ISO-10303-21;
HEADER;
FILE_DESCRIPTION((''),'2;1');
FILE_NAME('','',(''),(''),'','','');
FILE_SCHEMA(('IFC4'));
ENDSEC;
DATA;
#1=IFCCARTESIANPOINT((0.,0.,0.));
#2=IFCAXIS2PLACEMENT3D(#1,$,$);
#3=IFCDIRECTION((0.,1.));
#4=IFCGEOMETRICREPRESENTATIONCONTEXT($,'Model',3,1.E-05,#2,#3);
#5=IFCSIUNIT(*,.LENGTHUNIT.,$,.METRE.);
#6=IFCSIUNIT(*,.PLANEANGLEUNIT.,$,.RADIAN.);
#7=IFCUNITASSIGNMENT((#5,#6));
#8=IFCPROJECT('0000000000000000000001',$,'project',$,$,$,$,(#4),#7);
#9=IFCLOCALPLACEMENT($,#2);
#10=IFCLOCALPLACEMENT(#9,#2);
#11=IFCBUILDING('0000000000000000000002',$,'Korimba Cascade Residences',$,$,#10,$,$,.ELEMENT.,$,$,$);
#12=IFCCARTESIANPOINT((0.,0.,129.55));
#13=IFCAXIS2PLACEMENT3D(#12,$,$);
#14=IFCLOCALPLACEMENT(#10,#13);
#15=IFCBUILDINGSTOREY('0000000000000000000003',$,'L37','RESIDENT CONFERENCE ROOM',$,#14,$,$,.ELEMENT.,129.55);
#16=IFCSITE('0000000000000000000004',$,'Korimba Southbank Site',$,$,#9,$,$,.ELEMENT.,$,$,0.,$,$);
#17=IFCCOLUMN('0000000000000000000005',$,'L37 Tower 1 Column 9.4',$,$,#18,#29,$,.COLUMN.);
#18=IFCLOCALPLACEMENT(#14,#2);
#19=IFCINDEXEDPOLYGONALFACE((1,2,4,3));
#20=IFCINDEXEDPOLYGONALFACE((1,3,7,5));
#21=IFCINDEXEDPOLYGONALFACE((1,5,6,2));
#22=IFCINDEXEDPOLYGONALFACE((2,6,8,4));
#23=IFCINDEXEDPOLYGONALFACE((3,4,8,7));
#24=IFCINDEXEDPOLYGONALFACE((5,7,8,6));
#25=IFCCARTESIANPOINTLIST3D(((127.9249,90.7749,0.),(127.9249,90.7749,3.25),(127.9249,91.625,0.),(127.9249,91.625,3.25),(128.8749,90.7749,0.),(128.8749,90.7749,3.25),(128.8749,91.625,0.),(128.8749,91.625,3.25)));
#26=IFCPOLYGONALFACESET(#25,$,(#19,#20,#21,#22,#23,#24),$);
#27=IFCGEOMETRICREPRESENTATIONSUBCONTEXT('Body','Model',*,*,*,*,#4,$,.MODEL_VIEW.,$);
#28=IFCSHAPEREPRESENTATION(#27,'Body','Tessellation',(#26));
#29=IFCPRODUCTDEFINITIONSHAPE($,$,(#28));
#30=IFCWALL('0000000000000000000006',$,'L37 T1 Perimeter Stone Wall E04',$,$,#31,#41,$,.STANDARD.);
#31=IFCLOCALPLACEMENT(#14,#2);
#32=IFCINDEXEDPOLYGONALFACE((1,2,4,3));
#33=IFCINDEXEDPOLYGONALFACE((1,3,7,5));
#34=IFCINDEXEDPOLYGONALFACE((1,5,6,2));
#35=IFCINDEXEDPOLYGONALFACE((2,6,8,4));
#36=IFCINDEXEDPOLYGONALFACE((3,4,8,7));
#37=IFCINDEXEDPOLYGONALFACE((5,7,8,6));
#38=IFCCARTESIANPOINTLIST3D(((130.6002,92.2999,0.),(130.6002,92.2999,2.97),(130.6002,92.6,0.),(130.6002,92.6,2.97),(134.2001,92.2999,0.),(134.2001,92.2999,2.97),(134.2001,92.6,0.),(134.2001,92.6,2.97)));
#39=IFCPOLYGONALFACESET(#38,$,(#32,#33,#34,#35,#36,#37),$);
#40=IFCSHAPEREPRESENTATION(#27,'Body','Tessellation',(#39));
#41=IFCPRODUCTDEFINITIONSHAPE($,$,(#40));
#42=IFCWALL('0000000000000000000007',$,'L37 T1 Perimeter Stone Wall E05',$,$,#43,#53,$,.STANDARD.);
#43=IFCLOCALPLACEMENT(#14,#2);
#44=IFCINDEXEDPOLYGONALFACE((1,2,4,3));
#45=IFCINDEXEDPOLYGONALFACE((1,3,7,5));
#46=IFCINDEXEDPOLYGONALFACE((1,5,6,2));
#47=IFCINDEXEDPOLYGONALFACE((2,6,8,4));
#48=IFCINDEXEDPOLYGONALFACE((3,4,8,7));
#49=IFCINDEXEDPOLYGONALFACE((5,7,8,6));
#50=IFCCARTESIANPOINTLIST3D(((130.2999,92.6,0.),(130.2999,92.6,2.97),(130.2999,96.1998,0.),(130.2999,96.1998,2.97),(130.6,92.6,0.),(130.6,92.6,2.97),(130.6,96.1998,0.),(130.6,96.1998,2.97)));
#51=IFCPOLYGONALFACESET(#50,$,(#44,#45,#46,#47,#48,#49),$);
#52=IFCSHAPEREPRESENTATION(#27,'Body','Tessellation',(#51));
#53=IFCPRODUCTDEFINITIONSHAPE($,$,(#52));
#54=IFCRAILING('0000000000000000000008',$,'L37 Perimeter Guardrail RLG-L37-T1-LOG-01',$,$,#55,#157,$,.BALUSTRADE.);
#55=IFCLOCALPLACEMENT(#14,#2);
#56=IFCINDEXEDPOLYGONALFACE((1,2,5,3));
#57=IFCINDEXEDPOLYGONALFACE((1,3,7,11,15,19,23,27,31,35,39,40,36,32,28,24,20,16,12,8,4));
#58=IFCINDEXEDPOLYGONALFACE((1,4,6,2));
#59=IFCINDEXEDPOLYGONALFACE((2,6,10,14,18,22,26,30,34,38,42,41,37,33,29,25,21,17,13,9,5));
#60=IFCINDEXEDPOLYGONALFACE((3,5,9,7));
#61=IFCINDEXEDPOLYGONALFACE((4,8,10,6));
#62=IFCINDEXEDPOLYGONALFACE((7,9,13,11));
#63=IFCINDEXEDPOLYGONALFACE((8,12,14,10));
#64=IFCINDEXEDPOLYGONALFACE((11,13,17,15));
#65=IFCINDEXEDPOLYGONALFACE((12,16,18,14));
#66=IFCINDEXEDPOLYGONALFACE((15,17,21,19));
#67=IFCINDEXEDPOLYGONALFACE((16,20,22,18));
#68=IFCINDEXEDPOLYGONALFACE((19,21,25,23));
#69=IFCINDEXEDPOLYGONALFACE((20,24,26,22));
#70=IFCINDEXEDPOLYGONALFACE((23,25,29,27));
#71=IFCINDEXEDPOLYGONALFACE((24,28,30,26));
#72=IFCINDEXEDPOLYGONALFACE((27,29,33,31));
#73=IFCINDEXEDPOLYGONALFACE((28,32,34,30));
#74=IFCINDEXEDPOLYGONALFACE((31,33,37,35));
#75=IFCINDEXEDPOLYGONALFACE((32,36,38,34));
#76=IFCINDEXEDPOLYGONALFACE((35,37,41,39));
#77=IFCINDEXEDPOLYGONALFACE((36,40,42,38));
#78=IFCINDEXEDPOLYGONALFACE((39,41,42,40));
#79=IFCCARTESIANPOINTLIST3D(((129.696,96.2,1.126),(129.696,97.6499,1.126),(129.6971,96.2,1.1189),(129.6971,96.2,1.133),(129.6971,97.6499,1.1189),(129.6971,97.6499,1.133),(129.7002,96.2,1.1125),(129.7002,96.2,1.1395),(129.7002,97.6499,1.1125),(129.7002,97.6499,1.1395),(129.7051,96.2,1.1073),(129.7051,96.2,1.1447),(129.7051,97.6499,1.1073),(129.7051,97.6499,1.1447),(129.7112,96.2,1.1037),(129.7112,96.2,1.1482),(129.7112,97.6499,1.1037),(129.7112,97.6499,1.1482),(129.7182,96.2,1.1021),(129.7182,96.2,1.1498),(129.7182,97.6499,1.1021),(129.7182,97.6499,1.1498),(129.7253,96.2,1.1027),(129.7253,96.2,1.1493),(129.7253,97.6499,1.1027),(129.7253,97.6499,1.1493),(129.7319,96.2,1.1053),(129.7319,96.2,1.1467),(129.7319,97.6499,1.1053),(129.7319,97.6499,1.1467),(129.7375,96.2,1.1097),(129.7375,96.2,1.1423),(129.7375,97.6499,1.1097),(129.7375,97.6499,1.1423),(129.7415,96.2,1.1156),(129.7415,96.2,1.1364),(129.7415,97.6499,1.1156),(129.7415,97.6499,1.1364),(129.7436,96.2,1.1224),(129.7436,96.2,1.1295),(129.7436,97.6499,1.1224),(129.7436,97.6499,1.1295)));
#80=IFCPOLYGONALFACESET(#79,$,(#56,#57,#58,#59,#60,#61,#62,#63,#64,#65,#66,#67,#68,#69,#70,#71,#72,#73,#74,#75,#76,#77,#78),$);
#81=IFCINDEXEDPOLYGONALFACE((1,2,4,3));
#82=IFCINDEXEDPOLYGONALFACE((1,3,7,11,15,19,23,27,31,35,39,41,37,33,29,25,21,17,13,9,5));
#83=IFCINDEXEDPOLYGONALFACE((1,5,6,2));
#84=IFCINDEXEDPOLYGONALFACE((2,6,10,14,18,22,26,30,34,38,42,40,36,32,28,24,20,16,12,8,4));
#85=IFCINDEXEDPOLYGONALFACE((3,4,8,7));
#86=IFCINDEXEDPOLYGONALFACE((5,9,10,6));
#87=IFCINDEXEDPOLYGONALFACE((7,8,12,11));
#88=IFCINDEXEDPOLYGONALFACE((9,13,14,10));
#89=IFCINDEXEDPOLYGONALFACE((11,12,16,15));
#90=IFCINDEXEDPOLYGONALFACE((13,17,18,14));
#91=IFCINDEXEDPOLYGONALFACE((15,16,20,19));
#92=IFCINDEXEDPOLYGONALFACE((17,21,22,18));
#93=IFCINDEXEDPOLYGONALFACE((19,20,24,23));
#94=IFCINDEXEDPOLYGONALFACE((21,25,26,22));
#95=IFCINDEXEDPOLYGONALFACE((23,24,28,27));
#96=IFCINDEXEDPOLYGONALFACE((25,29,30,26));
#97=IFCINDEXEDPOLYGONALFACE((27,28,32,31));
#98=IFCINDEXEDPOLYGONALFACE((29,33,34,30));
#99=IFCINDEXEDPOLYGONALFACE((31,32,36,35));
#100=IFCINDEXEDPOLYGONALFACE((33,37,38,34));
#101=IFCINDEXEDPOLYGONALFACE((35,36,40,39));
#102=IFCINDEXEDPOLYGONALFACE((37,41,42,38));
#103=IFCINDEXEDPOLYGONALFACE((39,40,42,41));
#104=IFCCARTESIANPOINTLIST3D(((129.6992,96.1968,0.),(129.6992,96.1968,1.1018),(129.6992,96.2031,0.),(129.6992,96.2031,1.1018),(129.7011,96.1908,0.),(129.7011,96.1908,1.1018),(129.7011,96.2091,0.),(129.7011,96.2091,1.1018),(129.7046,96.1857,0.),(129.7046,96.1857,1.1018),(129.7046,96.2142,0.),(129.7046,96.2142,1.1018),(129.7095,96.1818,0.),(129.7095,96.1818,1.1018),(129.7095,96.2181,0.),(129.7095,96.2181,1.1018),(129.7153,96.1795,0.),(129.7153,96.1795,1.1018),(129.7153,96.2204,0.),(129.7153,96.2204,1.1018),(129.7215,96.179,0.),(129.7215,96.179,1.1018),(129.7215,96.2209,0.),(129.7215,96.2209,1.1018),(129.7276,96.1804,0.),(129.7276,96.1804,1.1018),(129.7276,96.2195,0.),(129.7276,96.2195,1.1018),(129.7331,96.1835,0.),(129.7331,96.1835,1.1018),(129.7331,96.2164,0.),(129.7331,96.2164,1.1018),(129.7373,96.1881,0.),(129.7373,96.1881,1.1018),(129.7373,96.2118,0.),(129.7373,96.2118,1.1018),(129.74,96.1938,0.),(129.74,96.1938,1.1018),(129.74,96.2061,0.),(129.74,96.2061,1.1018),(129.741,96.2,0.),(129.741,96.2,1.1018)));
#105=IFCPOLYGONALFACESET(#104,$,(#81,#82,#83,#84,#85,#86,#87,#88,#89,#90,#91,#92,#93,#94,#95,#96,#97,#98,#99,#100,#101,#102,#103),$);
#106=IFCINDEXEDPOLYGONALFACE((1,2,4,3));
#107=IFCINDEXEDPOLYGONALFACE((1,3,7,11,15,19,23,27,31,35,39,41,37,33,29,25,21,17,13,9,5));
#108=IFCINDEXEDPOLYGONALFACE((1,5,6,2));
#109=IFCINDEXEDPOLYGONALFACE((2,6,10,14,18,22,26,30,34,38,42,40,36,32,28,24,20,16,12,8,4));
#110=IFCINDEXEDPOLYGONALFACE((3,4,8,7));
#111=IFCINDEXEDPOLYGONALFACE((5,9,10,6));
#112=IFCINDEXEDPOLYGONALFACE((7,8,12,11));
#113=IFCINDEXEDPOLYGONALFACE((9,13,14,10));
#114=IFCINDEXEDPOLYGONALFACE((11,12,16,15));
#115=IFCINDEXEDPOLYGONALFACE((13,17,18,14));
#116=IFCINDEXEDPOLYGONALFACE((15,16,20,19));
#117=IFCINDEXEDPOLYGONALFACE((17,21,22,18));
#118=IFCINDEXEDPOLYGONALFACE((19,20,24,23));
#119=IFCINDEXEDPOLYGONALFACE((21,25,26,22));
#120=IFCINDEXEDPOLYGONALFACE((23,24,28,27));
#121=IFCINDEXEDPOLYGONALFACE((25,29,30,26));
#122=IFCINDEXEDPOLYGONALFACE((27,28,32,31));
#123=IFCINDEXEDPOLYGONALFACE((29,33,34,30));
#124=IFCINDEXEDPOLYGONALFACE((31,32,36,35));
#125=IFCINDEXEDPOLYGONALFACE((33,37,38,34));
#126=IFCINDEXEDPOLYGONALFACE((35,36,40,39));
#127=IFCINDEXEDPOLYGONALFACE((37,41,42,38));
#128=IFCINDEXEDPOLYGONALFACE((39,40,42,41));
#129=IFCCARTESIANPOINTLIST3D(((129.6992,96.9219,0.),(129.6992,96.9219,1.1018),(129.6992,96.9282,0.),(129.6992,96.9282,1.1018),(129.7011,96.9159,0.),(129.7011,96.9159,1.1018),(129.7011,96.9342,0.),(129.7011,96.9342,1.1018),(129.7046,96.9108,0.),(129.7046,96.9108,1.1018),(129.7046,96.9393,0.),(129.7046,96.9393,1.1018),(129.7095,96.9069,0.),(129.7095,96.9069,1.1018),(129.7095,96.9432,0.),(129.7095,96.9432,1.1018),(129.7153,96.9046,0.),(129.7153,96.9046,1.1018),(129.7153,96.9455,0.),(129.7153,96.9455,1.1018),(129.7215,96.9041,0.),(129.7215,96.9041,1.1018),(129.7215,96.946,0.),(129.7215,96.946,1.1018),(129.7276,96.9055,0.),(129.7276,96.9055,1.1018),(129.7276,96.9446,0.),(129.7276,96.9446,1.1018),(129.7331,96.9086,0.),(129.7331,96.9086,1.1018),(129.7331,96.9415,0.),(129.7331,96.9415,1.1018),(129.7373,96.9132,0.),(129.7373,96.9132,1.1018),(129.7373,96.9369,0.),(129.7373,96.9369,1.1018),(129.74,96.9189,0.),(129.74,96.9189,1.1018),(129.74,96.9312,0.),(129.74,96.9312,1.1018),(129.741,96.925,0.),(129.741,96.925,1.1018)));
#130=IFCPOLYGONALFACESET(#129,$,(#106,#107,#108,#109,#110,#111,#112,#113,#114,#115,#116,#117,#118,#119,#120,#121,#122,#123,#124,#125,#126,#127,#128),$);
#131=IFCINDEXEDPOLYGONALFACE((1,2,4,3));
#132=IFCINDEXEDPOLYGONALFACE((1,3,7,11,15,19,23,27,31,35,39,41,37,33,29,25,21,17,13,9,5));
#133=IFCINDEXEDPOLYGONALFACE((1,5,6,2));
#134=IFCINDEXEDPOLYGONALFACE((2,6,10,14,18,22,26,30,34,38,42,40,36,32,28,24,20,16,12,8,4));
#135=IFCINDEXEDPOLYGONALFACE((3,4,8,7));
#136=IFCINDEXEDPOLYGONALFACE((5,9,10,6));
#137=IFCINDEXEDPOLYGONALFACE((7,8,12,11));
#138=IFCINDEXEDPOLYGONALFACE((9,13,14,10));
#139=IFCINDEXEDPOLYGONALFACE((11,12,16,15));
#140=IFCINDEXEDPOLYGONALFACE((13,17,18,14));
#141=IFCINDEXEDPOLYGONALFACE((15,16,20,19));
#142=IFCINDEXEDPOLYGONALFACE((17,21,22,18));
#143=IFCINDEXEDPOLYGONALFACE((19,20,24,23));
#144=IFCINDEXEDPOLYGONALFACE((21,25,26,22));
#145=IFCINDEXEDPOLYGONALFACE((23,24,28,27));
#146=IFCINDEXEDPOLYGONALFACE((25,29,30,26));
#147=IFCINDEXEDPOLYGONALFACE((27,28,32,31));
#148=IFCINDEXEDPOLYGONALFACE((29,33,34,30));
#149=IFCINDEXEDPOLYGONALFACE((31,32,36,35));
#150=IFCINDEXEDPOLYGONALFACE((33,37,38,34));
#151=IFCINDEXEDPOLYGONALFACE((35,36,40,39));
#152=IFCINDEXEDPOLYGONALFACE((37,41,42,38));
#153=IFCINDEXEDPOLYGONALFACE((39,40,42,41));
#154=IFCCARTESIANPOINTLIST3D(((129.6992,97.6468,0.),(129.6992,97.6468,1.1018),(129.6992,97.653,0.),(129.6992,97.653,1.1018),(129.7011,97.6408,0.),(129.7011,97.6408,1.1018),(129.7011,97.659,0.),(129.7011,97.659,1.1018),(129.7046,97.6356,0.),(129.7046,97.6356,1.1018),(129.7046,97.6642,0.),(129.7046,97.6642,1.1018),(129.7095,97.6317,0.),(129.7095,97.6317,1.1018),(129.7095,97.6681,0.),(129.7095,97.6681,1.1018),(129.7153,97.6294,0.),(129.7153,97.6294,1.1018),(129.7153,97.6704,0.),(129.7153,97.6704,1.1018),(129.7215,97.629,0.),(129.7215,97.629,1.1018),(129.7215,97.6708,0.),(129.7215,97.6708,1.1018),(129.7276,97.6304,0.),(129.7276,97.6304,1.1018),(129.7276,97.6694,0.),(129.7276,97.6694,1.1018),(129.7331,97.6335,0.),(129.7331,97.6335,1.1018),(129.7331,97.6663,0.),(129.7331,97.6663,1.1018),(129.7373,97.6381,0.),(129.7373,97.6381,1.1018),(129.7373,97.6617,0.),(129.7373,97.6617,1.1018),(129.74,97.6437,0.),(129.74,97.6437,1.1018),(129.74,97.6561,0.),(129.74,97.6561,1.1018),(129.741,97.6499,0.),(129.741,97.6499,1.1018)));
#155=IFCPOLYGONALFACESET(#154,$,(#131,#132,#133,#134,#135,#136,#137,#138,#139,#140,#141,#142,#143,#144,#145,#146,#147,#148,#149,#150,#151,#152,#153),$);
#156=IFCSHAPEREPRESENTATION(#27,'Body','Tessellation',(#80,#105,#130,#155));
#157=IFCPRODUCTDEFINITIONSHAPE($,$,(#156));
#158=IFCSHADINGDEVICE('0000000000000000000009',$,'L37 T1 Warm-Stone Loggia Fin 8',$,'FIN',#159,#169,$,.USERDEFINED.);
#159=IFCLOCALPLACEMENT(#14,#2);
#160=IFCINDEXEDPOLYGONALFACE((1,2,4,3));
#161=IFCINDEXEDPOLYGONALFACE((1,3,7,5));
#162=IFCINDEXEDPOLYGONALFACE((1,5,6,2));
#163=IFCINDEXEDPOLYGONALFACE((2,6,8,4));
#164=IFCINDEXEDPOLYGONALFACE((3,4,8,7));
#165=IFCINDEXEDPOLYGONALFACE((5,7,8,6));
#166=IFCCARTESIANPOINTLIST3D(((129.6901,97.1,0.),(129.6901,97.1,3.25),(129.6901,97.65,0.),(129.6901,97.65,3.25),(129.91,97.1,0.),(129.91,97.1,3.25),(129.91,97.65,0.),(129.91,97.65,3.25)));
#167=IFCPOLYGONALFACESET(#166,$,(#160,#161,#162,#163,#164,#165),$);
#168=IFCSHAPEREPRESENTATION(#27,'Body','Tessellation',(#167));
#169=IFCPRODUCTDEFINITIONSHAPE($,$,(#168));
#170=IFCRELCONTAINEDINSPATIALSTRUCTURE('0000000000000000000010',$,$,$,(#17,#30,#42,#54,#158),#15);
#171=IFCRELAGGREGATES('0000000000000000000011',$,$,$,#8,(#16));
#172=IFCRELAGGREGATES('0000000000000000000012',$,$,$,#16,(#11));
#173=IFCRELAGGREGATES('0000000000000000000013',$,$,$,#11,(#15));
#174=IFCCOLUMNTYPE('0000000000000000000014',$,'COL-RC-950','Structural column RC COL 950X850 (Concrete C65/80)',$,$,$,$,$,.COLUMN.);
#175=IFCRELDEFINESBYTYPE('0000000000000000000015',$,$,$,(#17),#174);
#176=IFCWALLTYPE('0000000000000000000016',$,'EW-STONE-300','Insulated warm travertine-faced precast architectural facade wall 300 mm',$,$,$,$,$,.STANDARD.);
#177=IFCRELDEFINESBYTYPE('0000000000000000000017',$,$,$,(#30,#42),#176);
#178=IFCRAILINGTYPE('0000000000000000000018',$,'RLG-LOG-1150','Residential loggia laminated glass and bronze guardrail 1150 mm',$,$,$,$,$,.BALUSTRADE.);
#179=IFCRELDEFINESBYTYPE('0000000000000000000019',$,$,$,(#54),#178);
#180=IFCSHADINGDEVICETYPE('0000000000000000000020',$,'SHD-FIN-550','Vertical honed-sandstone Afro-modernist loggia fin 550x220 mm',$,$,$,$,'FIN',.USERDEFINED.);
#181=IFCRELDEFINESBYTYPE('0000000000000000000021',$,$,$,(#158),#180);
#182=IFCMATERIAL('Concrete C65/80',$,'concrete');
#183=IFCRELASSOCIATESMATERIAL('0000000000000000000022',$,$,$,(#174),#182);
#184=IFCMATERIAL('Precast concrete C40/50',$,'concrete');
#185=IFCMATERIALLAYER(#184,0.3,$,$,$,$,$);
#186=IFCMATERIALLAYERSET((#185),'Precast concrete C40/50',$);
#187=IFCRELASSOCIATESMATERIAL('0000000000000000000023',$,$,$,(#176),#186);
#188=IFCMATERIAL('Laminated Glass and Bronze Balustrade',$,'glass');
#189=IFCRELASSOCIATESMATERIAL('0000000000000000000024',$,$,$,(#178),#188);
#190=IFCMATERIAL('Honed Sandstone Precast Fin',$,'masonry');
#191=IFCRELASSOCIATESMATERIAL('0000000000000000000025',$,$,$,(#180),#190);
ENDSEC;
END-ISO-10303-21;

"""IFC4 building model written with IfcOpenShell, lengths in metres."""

from ifc_helpers import new_model, si_unit, direction, frame, frame_2d, origin, origin_2d, place, context, subcontext, project, spatial, rectangle, circle, extrude, material, layer, layer_set, material_profile, profile_set, type_object, element, save


model = new_model("IFC4")

# Units and contexts
model_context = context("Model", 3, precision=1e-05, world=origin(), true_north=direction((0.0, 1.0)))
body_context = subcontext(model_context, "Body", "Model", "MODEL_VIEW")
ifc_project = project(units=[si_unit("LENGTHUNIT", "METRE"), si_unit("PLANEANGLEUNIT", "RADIAN")], contexts=[model_context])

# Site, building, storey
site_placement = place(None, origin())
site = spatial("IfcSite", under=ifc_project, at=site_placement, Name="Korimba Southbank Site", CompositionType="ELEMENT", RefElevation=0.0)
building_placement = place(site_placement, origin())
building = spatial("IfcBuilding", under=site, at=building_placement, Name="Korimba Cascade Residences", CompositionType="ELEMENT")
storey_placement = place(building_placement, frame((0.0, 0.0, 129.55)))
storey = spatial("IfcBuildingStorey", under=building, at=storey_placement, Name="L37", Description="RESIDENT CONFERENCE ROOM", CompositionType="ELEMENT", Elevation=129.55)

# Column
ifc_material_1 = material(Name="Concrete C65/80", Category="concrete")
ifc_material_profile = material_profile(ifc_material_1, rectangle(XDim=0.95, YDim=0.8501, at=origin_2d()), Name="Concrete C65/80")
ifc_profile_set = profile_set([ifc_material_profile], Name="Concrete C65/80")
column_type = type_object("IfcColumnType", Name="COL-RC-950", Description="Structural column RC COL 950X850 (Concrete C65/80)", PredefinedType="COLUMN", material=ifc_profile_set)
column_placement = place(storey_placement, frame((128.3999, 91.2, 0.0), z_axis=(0.0, 0.0, 1.0), x_axis=(1.0, 0.0, 0.0)))
element("IfcColumn", 1, at=column_placement, inside=storey, type_object=column_type, Name="L37 Tower 1 Column 9.4", PredefinedType="COLUMN", context=body_context, shape_type="SweptSolid", body=[
    extrude(rectangle(XDim=0.95, YDim=0.8501, at=origin_2d()), origin(), (0.0, 0.0, 1.0), 3.25),
])

# Shared definitions
ifc_material_2 = material(Name="Precast concrete C40/50", Category="concrete")

# Walls
ifc_layer_1 = layer(ifc_material_2, 0.3)
ifc_layer_set_1 = layer_set([ifc_layer_1], Name="Precast concrete C40/50")
wall_type_1 = type_object("IfcWallType", Name="EW-STONE-300", Description="Insulated warm travertine-faced precast architectural facade wall 300 mm", PredefinedType="STANDARD", material=ifc_layer_set_1)
for number, where, z_axis, x_axis, name in (
    (2, (134.2, 92.45, 0.0), (0.0, 0.0, 1.0), (-1.0, 0.0, 0.0), "L37 T1 Perimeter Stone Wall E04"),
    (3, (130.45, 92.6001, 0.0), (0.0, 0.0, 1.0), (0.0, 1.0, 0.0), "L37 T1 Perimeter Stone Wall E05"),
):
    element("IfcWall", number, at=place(storey_placement, frame(where, z_axis=z_axis, x_axis=x_axis)), inside=storey, type_object=wall_type_1, Name=name, PredefinedType="STANDARD", context=body_context, shape_type="SweptSolid", body=[
        extrude(rectangle(XDim=3.5999, YDim=0.3, at=frame_2d((1.7998, 0.0))), origin(), (0.0, 0.0, 1.0), 2.97),
    ])

# Railing
ifc_material_3 = material(Name="Laminated Glass and Bronze Balustrade", Category="glass")
railing_type = type_object("IfcRailingType", Name="RLG-LOG-1150", Description="Residential loggia laminated glass and bronze guardrail 1150 mm", PredefinedType="BALUSTRADE", material=ifc_material_3)
railing_1_placement = place(storey_placement, frame((129.72, 96.2, 0.0)))
element("IfcRailing", 4, at=railing_1_placement, inside=storey, type_object=railing_type, Name="L37 Perimeter Guardrail RLG-L37-T1-LOG-01", PredefinedType="BALUSTRADE", context=body_context, shape_type="SweptSolid", body=[
    extrude(circle(Radius=0.0239, at=origin_2d()), frame((0.0, 0.0, 1.126), z_axis=(0.0, 1.0, 0.0), x_axis=(-1.0, 0.0, 0.0)), (0.0, 0.0, 1.0), 1.45),
    extrude(circle(Radius=0.021, at=origin_2d()), origin(), (0.0, 0.0, 1.0), 1.1018),
    extrude(circle(Radius=0.021, at=origin_2d()), frame((0.0, 0.7251, 0.0)), (0.0, 0.0, 1.0), 1.1018),
    extrude(circle(Radius=0.021, at=origin_2d()), frame((0.0, 1.45, 0.0)), (0.0, 0.0, 1.0), 1.1018),
])

# Shading device
ifc_material_4 = material(Name="Honed Sandstone Precast Fin", Category="masonry")
shading_device_type = type_object("IfcShadingDeviceType", Name="SHD-FIN-550", Description="Vertical honed-sandstone Afro-modernist loggia fin 550x220 mm", ElementType="FIN", PredefinedType="USERDEFINED", material=ifc_material_4)
shading_device_placement = place(storey_placement, frame((129.8, 97.375, 0.0), z_axis=(0.0, 0.0, 1.0), x_axis=(1.0, 0.0, 0.0)))
element("IfcShadingDevice", 5, at=shading_device_placement, inside=storey, type_object=shading_device_type, Name="L37 T1 Warm-Stone Loggia Fin 8", ObjectType="FIN", PredefinedType="USERDEFINED", context=body_context, shape_type="SweptSolid", body=[
    extrude(rectangle(XDim=0.22, YDim=0.55, at=origin_2d()), origin(), (0.0, 0.0, 1.0), 3.25),
])

save(model, "model.ifc")
